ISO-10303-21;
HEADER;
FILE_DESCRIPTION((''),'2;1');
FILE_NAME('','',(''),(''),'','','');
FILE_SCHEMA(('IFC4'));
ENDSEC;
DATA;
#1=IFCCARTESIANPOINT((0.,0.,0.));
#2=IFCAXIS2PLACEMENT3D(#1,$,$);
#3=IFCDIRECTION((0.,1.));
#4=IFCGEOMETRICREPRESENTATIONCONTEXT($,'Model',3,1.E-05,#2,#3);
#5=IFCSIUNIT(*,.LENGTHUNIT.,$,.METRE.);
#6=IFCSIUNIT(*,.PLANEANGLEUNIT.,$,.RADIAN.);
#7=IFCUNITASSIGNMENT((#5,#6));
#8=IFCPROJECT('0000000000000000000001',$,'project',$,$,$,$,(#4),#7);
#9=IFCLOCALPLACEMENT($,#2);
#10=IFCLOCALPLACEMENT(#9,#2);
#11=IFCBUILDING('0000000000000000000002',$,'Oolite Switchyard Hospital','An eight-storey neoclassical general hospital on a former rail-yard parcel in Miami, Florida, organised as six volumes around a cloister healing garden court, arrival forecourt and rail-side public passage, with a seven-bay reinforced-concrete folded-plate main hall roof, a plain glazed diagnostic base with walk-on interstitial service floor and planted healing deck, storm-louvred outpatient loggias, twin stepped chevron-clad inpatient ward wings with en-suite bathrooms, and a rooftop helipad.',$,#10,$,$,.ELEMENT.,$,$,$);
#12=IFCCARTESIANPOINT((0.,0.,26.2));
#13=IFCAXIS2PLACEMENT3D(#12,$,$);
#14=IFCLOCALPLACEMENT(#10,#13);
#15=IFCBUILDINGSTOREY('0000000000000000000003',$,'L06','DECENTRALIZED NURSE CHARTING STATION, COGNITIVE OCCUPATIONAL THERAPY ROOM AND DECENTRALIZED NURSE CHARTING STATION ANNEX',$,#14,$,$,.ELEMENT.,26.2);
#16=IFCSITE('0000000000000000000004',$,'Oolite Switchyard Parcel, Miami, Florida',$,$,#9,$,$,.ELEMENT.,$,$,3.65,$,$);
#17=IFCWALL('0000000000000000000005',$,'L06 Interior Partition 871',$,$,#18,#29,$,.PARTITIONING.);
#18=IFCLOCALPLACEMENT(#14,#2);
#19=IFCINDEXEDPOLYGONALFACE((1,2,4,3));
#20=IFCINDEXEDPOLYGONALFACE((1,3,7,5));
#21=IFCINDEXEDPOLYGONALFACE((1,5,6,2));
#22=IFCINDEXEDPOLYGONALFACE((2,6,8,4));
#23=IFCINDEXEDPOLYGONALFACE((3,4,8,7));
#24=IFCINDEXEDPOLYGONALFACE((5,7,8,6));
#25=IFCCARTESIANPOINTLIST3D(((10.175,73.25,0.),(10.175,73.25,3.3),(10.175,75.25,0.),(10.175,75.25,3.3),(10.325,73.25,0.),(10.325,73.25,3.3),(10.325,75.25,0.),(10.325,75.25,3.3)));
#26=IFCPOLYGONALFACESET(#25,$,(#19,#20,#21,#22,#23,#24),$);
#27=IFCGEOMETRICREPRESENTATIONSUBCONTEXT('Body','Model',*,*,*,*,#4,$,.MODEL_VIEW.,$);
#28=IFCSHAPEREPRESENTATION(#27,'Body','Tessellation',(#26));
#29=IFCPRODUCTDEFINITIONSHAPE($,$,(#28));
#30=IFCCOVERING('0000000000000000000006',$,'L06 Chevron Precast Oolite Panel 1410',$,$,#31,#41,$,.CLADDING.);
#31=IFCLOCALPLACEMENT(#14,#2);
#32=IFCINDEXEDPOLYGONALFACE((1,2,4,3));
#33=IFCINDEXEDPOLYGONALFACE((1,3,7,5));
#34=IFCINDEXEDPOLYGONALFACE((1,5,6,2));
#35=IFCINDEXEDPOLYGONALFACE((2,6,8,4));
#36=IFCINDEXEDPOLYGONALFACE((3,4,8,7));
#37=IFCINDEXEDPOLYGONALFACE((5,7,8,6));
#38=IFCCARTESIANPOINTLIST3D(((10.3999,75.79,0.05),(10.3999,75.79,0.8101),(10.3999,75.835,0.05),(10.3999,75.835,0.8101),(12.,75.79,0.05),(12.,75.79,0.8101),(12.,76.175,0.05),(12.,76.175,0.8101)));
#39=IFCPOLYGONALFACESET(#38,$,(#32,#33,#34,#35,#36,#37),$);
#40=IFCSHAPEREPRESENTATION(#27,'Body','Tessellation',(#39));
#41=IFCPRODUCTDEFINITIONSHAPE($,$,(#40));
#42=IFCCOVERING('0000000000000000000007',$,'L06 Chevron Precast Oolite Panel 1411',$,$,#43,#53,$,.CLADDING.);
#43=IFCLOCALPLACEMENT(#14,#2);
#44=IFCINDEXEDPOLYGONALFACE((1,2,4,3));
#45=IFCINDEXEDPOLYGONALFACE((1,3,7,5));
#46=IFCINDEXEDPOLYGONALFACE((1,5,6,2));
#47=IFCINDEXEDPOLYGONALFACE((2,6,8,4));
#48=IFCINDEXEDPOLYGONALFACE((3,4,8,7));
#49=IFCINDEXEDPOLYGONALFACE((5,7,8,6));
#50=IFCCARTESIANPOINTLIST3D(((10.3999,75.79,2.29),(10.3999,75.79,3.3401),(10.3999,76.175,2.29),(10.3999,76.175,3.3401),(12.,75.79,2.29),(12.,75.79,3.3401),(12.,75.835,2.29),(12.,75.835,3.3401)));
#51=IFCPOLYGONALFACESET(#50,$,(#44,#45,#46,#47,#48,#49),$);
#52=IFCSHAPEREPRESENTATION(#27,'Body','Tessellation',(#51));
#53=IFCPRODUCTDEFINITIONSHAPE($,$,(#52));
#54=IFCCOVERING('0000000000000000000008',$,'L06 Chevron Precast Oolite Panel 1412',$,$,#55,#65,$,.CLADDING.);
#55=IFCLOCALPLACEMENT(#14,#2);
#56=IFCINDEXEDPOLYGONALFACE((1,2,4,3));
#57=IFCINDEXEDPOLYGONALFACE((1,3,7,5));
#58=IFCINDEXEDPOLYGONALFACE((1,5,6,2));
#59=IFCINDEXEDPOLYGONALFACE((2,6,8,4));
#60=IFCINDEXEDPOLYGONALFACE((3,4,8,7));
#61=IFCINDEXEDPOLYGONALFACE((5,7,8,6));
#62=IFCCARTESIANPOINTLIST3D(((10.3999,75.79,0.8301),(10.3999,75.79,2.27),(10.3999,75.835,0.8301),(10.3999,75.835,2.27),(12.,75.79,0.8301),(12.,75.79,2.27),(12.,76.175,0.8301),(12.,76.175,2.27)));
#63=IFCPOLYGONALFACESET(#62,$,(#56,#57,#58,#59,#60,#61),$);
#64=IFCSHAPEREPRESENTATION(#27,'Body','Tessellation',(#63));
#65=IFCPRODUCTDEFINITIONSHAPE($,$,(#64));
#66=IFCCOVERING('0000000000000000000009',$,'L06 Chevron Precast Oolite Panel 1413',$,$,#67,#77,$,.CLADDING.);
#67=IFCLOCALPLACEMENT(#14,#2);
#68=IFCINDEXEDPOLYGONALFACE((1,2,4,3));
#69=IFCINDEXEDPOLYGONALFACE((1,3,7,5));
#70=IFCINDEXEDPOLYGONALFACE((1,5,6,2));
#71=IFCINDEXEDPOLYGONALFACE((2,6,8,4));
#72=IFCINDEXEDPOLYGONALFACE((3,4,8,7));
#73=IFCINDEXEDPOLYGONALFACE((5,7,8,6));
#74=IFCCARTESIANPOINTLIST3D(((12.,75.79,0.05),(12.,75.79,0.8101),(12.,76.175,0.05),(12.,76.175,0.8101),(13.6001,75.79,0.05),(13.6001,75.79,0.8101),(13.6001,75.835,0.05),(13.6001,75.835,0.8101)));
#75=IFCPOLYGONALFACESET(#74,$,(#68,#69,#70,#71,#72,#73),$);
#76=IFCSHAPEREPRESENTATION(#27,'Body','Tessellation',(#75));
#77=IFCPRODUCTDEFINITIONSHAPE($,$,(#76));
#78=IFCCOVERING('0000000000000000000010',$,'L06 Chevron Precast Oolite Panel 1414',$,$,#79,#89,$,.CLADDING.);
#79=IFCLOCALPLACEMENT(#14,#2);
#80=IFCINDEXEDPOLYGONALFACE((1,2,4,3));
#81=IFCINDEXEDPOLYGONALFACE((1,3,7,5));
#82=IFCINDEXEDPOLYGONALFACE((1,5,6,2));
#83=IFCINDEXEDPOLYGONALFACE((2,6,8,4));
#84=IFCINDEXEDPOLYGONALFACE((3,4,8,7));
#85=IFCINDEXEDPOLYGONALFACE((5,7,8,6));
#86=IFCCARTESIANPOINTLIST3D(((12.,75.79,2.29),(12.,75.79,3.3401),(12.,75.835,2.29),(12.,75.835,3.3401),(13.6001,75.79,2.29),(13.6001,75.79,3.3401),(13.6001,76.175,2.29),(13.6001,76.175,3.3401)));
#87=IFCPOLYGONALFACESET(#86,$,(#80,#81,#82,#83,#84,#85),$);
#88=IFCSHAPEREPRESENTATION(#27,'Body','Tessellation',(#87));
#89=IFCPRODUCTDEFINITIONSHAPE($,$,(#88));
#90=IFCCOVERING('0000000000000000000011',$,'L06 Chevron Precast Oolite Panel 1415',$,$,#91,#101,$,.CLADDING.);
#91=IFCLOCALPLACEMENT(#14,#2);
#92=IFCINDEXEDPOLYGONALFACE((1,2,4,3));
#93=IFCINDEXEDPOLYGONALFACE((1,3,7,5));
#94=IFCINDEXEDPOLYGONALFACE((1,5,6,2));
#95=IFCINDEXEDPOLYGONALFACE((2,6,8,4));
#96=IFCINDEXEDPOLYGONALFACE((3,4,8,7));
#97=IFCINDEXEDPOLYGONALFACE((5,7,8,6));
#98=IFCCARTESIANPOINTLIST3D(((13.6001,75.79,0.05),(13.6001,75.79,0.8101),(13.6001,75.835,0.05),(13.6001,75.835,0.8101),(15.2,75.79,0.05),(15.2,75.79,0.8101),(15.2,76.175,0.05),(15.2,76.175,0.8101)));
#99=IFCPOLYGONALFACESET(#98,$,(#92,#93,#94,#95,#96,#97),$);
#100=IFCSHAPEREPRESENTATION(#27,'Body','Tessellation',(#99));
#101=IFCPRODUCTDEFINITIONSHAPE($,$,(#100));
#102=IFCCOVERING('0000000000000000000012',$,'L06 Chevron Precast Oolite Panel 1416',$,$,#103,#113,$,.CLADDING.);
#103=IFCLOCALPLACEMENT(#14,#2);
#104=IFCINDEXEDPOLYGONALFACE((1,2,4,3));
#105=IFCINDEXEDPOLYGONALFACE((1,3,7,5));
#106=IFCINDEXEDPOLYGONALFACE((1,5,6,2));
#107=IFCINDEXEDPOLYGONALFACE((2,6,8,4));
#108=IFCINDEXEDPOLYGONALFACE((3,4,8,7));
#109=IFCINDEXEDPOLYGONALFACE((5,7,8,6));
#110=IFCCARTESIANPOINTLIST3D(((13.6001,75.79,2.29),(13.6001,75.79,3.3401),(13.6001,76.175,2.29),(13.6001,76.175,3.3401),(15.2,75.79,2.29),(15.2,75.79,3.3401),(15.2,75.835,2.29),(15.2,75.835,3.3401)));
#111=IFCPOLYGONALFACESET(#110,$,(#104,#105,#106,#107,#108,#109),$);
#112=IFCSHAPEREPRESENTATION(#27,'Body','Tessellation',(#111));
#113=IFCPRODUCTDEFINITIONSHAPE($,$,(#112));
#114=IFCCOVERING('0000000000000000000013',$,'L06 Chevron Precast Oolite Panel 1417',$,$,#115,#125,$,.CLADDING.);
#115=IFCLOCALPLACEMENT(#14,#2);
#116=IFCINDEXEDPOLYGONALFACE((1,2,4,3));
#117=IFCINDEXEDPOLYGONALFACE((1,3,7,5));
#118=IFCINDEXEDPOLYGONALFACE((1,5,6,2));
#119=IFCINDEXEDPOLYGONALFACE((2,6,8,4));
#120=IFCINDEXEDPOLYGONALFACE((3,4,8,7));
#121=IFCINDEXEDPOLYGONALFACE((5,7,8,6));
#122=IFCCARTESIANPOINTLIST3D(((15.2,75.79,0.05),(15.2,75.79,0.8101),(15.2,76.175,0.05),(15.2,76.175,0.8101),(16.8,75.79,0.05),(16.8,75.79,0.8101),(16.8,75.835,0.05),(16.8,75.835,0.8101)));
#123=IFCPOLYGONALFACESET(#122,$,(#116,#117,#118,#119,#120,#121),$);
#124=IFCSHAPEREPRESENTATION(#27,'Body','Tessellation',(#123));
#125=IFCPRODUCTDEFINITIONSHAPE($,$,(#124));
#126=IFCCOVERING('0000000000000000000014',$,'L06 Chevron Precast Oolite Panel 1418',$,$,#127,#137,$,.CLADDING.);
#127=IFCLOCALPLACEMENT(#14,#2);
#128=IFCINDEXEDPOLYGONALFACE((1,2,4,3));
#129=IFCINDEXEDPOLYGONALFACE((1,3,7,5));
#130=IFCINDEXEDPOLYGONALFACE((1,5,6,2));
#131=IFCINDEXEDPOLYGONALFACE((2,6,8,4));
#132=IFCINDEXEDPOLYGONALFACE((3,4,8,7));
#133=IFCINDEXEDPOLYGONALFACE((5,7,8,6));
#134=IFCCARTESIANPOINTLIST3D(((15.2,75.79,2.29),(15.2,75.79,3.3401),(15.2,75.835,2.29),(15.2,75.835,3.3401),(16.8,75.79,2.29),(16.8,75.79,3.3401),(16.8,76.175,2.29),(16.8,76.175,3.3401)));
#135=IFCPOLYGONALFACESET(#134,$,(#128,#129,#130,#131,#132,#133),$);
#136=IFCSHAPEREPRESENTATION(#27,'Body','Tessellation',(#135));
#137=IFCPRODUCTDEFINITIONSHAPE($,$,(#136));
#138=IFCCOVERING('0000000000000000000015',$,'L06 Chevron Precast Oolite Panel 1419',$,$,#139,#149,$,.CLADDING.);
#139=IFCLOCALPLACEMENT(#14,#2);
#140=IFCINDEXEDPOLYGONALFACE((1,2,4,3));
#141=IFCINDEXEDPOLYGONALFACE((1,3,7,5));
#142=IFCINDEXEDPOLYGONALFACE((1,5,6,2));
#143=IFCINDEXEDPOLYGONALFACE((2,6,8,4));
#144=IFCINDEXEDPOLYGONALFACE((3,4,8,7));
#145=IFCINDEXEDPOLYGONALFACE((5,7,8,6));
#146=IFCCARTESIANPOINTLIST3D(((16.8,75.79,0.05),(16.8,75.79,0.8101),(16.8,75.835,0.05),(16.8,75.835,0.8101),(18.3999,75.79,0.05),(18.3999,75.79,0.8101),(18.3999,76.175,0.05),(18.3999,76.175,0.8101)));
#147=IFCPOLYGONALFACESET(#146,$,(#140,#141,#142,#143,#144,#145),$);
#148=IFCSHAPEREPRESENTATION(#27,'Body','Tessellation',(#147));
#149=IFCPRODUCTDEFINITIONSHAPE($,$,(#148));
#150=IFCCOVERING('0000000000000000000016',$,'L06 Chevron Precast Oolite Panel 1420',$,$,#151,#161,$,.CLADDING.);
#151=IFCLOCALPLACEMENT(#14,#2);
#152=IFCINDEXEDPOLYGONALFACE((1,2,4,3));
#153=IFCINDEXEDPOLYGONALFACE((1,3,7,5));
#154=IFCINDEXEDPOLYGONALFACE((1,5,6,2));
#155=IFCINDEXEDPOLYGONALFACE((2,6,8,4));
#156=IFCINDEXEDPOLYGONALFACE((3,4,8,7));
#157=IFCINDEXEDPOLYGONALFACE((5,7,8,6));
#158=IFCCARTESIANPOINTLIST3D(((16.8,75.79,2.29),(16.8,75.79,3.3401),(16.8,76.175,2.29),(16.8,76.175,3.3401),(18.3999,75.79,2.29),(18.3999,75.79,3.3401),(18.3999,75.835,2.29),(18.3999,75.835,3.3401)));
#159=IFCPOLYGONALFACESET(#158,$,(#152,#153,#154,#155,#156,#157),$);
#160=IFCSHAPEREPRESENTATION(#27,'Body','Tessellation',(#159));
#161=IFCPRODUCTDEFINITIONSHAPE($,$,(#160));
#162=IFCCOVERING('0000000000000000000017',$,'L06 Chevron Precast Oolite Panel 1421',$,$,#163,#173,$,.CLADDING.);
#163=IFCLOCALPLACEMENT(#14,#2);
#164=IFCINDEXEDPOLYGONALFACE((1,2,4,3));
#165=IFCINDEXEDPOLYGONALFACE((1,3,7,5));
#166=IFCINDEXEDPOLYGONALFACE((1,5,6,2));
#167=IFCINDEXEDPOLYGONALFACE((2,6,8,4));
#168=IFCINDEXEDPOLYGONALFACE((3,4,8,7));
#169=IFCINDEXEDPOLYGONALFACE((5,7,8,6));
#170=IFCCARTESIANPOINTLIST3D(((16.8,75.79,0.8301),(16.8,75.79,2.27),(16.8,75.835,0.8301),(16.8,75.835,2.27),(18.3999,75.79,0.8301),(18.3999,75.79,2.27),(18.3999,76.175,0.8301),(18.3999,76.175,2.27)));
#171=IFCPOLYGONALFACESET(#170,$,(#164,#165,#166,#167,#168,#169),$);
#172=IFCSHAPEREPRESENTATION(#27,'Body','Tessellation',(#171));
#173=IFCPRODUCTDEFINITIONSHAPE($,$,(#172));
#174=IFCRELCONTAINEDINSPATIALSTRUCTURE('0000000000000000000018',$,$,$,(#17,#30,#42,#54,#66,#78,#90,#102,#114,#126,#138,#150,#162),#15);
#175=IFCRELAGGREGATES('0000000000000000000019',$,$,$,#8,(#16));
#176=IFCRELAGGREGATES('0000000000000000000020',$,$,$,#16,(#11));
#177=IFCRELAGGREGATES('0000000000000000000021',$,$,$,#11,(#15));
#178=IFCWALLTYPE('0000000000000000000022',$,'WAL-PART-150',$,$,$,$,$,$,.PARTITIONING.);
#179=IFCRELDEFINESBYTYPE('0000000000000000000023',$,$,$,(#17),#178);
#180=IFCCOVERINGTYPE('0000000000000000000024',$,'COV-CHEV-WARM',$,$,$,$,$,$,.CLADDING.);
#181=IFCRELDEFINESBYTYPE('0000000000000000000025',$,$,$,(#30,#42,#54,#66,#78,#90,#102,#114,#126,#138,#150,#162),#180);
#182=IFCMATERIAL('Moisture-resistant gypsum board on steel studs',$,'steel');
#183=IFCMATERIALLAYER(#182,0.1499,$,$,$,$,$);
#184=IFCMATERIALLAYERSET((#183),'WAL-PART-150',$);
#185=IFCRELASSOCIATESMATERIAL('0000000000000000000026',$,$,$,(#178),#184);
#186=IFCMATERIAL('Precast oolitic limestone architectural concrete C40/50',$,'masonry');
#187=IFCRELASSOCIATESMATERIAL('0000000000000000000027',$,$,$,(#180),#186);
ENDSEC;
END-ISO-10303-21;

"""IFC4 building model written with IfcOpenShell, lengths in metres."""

from ifc_helpers import new_model, si_unit, direction, frame, frame_2d, origin, place, context, subcontext, project, spatial, polyline, rectangle, outline, extrude, material, layer, layer_set, type_object, element, save


model = new_model("IFC4")

# Units and contexts
model_context = context("Model", 3, precision=1e-05, world=origin(), true_north=direction((0.0, 1.0)))
body_context = subcontext(model_context, "Body", "Model", "MODEL_VIEW")
ifc_project = project(units=[si_unit("LENGTHUNIT", "METRE"), si_unit("PLANEANGLEUNIT", "RADIAN")], contexts=[model_context])

# Site, building, storey
site_placement = place(None, origin())
site = spatial("IfcSite", under=ifc_project, at=site_placement, Name="Oolite Switchyard Parcel, Miami, Florida", CompositionType="ELEMENT", RefElevation=3.65)
building_placement = place(site_placement, origin())
building = spatial("IfcBuilding", under=site, at=building_placement, Name="Oolite Switchyard Hospital", Description="An eight-storey neoclassical general hospital on a former rail-yard parcel in Miami, Florida, organised as six volumes around a cloister healing garden court, arrival forecourt and rail-side public passage, with a seven-bay reinforced-concrete folded-plate main hall roof, a plain glazed diagnostic base with walk-on interstitial service floor and planted healing deck, storm-louvred outpatient loggias, twin stepped chevron-clad inpatient ward wings with en-suite bathrooms, and a rooftop helipad.", CompositionType="ELEMENT")
storey_placement = place(building_placement, frame((0.0, 0.0, 26.2)))
storey = spatial("IfcBuildingStorey", under=building, at=storey_placement, Name="L06", Description="DECENTRALIZED NURSE CHARTING STATION, COGNITIVE OCCUPATIONAL THERAPY ROOM AND DECENTRALIZED NURSE CHARTING STATION ANNEX", CompositionType="ELEMENT", Elevation=26.2)

# Shared definitions
ifc_material_1 = material(Name="Precast oolitic limestone architectural concrete C40/50", Category="masonry")

# Shared definitions
ifc_material_2 = material(Name="Moisture-resistant gypsum board on steel studs", Category="steel")
ifc_layer_1 = layer(ifc_material_2, 0.1499)
ifc_layer_set_1 = layer_set([ifc_layer_1], Name="WAL-PART-150")
wall_type_1 = type_object("IfcWallType", Name="WAL-PART-150", PredefinedType="PARTITIONING", material=ifc_layer_set_1)

# Wall
wall_1_placement = place(storey_placement, frame((10.25, 73.25, 0.0), z_axis=(0.0, 0.0, 1.0), x_axis=(0.0, 1.0, 0.0)))
element("IfcWall", 1, at=wall_1_placement, inside=storey, type_object=wall_type_1, Name="L06 Interior Partition 871", PredefinedType="PARTITIONING", context=body_context, shape_type="SweptSolid", body=[
    extrude(rectangle(XDim=2.0, YDim=0.1499, at=frame_2d((1.0, 0.0))), origin(), (0.0, 0.0, 1.0), 3.3),
])

# Coverings
covering_type = type_object("IfcCoveringType", Name="COV-CHEV-WARM", PredefinedType="CLADDING", material=ifc_material_1)
covering_1_placement = place(storey_placement, frame((10.3999, 75.79, 0.05), z_axis=(0.0, 0.0, 1.0), x_axis=(1.0, 0.0, 0.0)))
element("IfcCovering", 2, at=covering_1_placement, inside=storey, type_object=covering_type, Name="L06 Chevron Precast Oolite Panel 1410", PredefinedType="CLADDING", context=body_context, shape_type="SweptSolid", body=[
    extrude(outline(polyline([(0.0, 0.0), (1.6001, 0.0), (1.6001, 0.385), (0.0, 0.0449), (0.0, 0.0)])), origin(), (0.0, 0.0, 1.0), 0.76),
])
covering_2_placement = place(storey_placement, frame((10.3999, 75.79, 2.29), z_axis=(0.0, 0.0, 1.0), x_axis=(1.0, 0.0, 0.0)))
element("IfcCovering", 3, at=covering_2_placement, inside=storey, type_object=covering_type, Name="L06 Chevron Precast Oolite Panel 1411", PredefinedType="CLADDING", context=body_context, shape_type="SweptSolid", body=[
    extrude(outline(polyline([(0.0, 0.0), (1.6001, 0.0), (1.6001, 0.0449), (0.0, 0.385), (0.0, 0.0)])), origin(), (0.0, 0.0, 1.0), 1.05),
])
covering_3_placement = place(storey_placement, frame((10.3999, 75.79, 0.8301), z_axis=(0.0, 0.0, 1.0), x_axis=(1.0, 0.0, 0.0)))
element("IfcCovering", 4, at=covering_3_placement, inside=storey, type_object=covering_type, Name="L06 Chevron Precast Oolite Panel 1412", PredefinedType="CLADDING", context=body_context, shape_type="SweptSolid", body=[
    extrude(outline(polyline([(0.0, 0.0), (1.6001, 0.0), (1.6001, 0.385), (0.0, 0.0449), (0.0, 0.0)])), origin(), (0.0, 0.0, 1.0), 1.4399),
])
covering_4_placement = place(storey_placement, frame((12.0, 75.79, 0.05), z_axis=(0.0, 0.0, 1.0), x_axis=(1.0, 0.0, 0.0)))
element("IfcCovering", 5, at=covering_4_placement, inside=storey, type_object=covering_type, Name="L06 Chevron Precast Oolite Panel 1413", PredefinedType="CLADDING", context=body_context, shape_type="SweptSolid", body=[
    extrude(outline(polyline([(0.0, 0.0), (1.6001, 0.0), (1.6001, 0.0449), (0.0, 0.385), (0.0, 0.0)])), origin(), (0.0, 0.0, 1.0), 0.76),
])
covering_5_placement = place(storey_placement, frame((12.0, 75.79, 2.29), z_axis=(0.0, 0.0, 1.0), x_axis=(1.0, 0.0, 0.0)))
element("IfcCovering", 6, at=covering_5_placement, inside=storey, type_object=covering_type, Name="L06 Chevron Precast Oolite Panel 1414", PredefinedType="CLADDING", context=body_context, shape_type="SweptSolid", body=[
    extrude(outline(polyline([(0.0, 0.0), (1.6001, 0.0), (1.6001, 0.385), (0.0, 0.0449), (0.0, 0.0)])), origin(), (0.0, 0.0, 1.0), 1.05),
])
covering_6_placement = place(storey_placement, frame((13.6001, 75.79, 0.05), z_axis=(0.0, 0.0, 1.0), x_axis=(1.0, 0.0, 0.0)))
element("IfcCovering", 7, at=covering_6_placement, inside=storey, type_object=covering_type, Name="L06 Chevron Precast Oolite Panel 1415", PredefinedType="CLADDING", context=body_context, shape_type="SweptSolid", body=[
    extrude(outline(polyline([(0.0, 0.0), (1.5999, 0.0), (1.5999, 0.385), (0.0, 0.0449), (0.0, 0.0)])), origin(), (0.0, 0.0, 1.0), 0.76),
])
covering_7_placement = place(storey_placement, frame((13.6001, 75.79, 2.29), z_axis=(0.0, 0.0, 1.0), x_axis=(1.0, 0.0, 0.0)))
element("IfcCovering", 8, at=covering_7_placement, inside=storey, type_object=covering_type, Name="L06 Chevron Precast Oolite Panel 1416", PredefinedType="CLADDING", context=body_context, shape_type="SweptSolid", body=[
    extrude(outline(polyline([(0.0, 0.0), (1.5999, 0.0), (1.5999, 0.0449), (0.0, 0.385), (0.0, 0.0)])), origin(), (0.0, 0.0, 1.0), 1.05),
])
covering_8_placement = place(storey_placement, frame((15.2, 75.79, 0.05), z_axis=(0.0, 0.0, 1.0), x_axis=(1.0, 0.0, 0.0)))
element("IfcCovering", 9, at=covering_8_placement, inside=storey, type_object=covering_type, Name="L06 Chevron Precast Oolite Panel 1417", PredefinedType="CLADDING", context=body_context, shape_type="SweptSolid", body=[
    extrude(outline(polyline([(0.0, 0.0), (1.6001, 0.0), (1.6001, 0.0449), (0.0, 0.385), (0.0, 0.0)])), origin(), (0.0, 0.0, 1.0), 0.76),
])
covering_9_placement = place(storey_placement, frame((15.2, 75.79, 2.29), z_axis=(0.0, 0.0, 1.0), x_axis=(1.0, 0.0, 0.0)))
element("IfcCovering", 10, at=covering_9_placement, inside=storey, type_object=covering_type, Name="L06 Chevron Precast Oolite Panel 1418", PredefinedType="CLADDING", context=body_context, shape_type="SweptSolid", body=[
    extrude(outline(polyline([(0.0, 0.0), (1.6001, 0.0), (1.6001, 0.385), (0.0, 0.0449), (0.0, 0.0)])), origin(), (0.0, 0.0, 1.0), 1.05),
])
covering_10_placement = place(storey_placement, frame((16.8, 75.79, 0.05), z_axis=(0.0, 0.0, 1.0), x_axis=(1.0, 0.0, 0.0)))
element("IfcCovering", 11, at=covering_10_placement, inside=storey, type_object=covering_type, Name="L06 Chevron Precast Oolite Panel 1419", PredefinedType="CLADDING", context=body_context, shape_type="SweptSolid", body=[
    extrude(outline(polyline([(0.0, 0.0), (1.5999, 0.0), (1.5999, 0.385), (0.0, 0.0449), (0.0, 0.0)])), origin(), (0.0, 0.0, 1.0), 0.76),
])
covering_11_placement = place(storey_placement, frame((16.8, 75.79, 2.29), z_axis=(0.0, 0.0, 1.0), x_axis=(1.0, 0.0, 0.0)))
element("IfcCovering", 12, at=covering_11_placement, inside=storey, type_object=covering_type, Name="L06 Chevron Precast Oolite Panel 1420", PredefinedType="CLADDING", context=body_context, shape_type="SweptSolid", body=[
    extrude(outline(polyline([(0.0, 0.0), (1.5999, 0.0), (1.5999, 0.0449), (0.0, 0.385), (0.0, 0.0)])), origin(), (0.0, 0.0, 1.0), 1.05),
])
covering_12_placement = place(storey_placement, frame((16.8, 75.79, 0.8301), z_axis=(0.0, 0.0, 1.0), x_axis=(1.0, 0.0, 0.0)))
element("IfcCovering", 13, at=covering_12_placement, inside=storey, type_object=covering_type, Name="L06 Chevron Precast Oolite Panel 1421", PredefinedType="CLADDING", context=body_context, shape_type="SweptSolid", body=[
    extrude(outline(polyline([(0.0, 0.0), (1.5999, 0.0), (1.5999, 0.385), (0.0, 0.0449), (0.0, 0.0)])), origin(), (0.0, 0.0, 1.0), 1.4399),
])

save(model, "model.ifc")
